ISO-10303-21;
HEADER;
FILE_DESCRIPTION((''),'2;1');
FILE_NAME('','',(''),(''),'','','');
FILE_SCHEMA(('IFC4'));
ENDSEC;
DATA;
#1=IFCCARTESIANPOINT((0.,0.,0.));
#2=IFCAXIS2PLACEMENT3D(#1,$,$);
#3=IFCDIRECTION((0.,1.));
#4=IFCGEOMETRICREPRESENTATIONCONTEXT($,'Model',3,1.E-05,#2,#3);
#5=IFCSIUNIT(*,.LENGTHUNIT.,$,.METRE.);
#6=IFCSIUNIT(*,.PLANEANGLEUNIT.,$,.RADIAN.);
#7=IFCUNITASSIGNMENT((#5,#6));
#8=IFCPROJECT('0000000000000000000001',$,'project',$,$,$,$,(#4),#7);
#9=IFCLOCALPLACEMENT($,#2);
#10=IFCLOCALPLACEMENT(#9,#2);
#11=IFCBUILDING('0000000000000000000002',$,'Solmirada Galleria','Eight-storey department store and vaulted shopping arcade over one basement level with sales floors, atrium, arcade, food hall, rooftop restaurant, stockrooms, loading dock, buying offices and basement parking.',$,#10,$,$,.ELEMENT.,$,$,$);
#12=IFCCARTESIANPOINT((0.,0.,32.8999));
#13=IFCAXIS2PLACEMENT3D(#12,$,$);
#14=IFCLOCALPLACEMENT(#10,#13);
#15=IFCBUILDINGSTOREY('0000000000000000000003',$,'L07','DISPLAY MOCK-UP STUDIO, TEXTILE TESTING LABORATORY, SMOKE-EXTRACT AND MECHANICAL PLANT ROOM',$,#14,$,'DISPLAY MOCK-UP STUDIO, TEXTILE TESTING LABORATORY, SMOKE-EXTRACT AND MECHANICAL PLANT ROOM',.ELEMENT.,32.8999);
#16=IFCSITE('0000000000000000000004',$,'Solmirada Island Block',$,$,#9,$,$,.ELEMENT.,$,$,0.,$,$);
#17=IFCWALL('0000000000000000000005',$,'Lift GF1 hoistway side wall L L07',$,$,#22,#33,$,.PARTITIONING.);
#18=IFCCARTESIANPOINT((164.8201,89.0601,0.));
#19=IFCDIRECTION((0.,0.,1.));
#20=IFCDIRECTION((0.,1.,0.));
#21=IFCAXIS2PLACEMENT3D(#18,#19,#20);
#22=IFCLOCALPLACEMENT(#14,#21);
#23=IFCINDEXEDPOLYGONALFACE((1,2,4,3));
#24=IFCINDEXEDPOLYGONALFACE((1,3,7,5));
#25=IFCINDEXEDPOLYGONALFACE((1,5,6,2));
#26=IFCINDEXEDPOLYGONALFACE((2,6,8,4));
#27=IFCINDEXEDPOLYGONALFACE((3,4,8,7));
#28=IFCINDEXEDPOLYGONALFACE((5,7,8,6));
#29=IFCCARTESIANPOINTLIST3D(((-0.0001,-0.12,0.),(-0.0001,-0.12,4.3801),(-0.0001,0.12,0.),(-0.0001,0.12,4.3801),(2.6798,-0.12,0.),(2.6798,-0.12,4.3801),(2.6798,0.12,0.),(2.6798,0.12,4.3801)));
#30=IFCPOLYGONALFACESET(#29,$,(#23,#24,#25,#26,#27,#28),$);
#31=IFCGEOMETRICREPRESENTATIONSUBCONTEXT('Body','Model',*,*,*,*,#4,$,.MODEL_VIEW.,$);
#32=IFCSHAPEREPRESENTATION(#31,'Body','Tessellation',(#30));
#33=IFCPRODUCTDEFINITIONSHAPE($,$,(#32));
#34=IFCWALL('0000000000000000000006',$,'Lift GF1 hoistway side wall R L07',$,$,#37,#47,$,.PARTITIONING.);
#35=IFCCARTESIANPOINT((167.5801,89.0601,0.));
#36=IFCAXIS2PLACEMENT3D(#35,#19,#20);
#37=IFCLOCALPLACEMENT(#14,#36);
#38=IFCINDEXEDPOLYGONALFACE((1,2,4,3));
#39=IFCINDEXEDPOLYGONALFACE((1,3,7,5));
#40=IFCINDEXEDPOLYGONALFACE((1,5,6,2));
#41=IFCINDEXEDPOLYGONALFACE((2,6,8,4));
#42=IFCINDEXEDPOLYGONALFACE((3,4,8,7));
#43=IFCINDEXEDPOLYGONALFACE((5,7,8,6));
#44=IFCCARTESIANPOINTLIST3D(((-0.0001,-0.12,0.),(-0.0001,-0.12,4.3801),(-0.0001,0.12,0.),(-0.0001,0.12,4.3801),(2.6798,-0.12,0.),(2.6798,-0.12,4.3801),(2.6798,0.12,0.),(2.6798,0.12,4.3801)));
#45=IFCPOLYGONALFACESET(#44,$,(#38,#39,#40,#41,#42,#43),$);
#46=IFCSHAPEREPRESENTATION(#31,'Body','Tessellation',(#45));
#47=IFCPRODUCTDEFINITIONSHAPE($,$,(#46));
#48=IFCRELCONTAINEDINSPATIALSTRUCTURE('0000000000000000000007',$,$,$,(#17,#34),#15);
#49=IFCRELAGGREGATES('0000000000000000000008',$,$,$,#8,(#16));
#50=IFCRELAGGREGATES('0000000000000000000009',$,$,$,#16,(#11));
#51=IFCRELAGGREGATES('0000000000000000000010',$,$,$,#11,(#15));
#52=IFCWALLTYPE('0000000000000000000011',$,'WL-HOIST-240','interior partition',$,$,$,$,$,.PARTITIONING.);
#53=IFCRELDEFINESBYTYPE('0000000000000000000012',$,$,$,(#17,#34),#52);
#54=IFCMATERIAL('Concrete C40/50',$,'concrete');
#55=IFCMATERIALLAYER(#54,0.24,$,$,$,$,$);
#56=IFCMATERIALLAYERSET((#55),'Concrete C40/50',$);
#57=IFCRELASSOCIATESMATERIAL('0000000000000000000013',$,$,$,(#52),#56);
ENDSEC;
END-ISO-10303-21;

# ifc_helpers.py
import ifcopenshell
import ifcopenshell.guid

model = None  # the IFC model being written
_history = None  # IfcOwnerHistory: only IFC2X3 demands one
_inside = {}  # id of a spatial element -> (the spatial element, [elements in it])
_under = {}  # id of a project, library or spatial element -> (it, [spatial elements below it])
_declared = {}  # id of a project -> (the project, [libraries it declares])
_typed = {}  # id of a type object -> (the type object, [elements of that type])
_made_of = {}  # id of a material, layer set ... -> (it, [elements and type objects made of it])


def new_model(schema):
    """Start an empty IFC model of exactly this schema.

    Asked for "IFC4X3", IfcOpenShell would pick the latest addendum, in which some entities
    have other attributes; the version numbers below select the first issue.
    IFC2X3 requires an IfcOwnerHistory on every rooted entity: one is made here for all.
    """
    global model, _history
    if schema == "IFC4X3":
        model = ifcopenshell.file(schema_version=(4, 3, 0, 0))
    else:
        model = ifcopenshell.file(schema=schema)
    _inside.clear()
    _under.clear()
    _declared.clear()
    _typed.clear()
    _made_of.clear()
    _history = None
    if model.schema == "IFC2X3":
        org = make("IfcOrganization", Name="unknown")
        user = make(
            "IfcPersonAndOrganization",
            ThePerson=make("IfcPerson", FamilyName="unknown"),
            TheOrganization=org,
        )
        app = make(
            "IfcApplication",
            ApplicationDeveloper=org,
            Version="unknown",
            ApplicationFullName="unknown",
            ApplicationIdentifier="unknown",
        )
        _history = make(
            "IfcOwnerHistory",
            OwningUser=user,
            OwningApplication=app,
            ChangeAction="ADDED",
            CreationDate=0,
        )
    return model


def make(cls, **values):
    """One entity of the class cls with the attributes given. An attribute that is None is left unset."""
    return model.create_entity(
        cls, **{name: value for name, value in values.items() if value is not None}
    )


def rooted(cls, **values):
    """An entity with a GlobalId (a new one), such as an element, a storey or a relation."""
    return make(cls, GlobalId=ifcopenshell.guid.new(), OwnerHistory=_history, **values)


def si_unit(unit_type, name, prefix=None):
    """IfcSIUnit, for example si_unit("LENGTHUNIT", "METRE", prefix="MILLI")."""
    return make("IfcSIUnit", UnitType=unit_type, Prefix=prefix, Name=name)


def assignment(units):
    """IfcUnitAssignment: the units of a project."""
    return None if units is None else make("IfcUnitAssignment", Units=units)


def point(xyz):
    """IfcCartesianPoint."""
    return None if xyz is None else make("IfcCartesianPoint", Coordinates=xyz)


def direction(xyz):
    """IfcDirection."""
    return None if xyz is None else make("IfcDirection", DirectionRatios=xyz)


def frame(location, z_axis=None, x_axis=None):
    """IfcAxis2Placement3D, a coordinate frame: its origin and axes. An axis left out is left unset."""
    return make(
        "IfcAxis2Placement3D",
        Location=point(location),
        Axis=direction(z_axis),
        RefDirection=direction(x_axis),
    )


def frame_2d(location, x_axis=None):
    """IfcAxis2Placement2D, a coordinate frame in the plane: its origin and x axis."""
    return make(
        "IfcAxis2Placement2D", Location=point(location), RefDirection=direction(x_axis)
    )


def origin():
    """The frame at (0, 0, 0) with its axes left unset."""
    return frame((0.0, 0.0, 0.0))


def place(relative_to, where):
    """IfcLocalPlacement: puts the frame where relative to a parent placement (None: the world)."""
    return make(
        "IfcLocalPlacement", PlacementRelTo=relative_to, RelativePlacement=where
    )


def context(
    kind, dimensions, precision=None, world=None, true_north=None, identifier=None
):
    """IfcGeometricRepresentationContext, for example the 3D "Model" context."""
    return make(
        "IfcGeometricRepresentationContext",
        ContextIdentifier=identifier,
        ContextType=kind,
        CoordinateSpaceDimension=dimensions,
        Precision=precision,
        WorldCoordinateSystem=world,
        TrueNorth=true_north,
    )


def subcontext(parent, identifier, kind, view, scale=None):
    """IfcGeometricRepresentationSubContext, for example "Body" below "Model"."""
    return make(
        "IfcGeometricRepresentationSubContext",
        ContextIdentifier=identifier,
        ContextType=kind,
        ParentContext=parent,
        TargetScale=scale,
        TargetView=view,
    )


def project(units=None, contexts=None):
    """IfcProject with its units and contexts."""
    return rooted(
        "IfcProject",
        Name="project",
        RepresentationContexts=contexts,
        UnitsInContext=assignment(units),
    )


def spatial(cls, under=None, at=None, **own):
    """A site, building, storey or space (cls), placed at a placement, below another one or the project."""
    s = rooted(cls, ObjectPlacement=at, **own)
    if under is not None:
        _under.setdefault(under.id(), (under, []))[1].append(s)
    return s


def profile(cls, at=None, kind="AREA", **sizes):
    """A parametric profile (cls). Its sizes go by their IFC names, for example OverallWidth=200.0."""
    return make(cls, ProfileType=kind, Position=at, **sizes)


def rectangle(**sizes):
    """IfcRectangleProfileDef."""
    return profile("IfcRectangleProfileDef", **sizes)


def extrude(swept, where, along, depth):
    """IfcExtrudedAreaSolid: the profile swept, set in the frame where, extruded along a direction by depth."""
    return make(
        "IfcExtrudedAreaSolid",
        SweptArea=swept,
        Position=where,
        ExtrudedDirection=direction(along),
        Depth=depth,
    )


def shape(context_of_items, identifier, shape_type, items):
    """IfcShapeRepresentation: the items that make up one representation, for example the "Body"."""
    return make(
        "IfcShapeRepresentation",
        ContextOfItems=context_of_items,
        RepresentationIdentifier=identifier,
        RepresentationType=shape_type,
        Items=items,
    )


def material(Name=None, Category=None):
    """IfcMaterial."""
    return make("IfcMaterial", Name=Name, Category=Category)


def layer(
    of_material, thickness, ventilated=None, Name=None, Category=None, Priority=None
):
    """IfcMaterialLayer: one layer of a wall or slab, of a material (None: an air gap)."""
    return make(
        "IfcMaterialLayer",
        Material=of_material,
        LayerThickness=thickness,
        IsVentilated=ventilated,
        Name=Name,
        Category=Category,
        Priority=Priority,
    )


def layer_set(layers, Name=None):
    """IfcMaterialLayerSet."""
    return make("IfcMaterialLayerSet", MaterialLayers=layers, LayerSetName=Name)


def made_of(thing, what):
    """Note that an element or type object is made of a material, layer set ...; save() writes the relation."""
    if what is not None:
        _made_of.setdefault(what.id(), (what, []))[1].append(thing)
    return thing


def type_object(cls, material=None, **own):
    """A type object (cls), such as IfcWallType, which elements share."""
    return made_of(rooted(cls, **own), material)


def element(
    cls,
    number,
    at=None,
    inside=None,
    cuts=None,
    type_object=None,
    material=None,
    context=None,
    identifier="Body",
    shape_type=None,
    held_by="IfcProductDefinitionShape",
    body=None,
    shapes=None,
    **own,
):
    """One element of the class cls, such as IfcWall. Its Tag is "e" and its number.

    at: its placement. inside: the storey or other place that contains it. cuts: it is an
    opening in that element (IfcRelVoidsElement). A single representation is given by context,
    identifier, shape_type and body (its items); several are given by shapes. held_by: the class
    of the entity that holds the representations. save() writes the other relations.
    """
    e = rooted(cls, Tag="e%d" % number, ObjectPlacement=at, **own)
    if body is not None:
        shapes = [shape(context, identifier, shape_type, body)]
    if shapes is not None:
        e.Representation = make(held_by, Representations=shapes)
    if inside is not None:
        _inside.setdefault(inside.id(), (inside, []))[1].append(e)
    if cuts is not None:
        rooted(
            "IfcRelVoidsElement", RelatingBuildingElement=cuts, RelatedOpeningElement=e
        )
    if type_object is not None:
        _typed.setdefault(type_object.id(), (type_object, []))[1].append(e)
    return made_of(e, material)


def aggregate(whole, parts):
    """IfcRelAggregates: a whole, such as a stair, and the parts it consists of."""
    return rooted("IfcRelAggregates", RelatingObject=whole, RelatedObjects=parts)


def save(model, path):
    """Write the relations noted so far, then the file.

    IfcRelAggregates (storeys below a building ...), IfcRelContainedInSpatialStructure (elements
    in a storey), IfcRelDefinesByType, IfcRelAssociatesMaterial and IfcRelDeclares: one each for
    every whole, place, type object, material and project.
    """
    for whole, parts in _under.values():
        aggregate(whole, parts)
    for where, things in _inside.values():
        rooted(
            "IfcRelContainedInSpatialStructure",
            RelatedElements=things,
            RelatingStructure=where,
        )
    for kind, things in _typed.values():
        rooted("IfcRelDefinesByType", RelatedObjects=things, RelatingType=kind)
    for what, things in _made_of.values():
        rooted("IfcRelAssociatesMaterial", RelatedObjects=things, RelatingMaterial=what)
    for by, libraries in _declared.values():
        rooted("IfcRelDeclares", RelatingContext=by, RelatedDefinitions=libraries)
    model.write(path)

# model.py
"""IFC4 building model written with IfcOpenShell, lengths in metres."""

from ifc_helpers import new_model, si_unit, direction, frame, frame_2d, origin, place, context, subcontext, project, spatial, rectangle, extrude, material, layer, layer_set, type_object, element, save


model = new_model("IFC4")

# Units and contexts
model_context = context("Model", 3, precision=1e-05, world=origin(), true_north=direction((0.0, 1.0)))
body_context = subcontext(model_context, "Body", "Model", "MODEL_VIEW")
ifc_project = project(units=[si_unit("LENGTHUNIT", "METRE"), si_unit("PLANEANGLEUNIT", "RADIAN")], contexts=[model_context])

# Site, building, storey
site_placement = place(None, origin())
site = spatial("IfcSite", under=ifc_project, at=site_placement, Name="Solmirada Island Block", CompositionType="ELEMENT", RefElevation=0.0)
building_placement = place(site_placement, origin())
building = spatial("IfcBuilding", under=site, at=building_placement, Name="Solmirada Galleria", Description="Eight-storey department store and vaulted shopping arcade over one basement level with sales floors, atrium, arcade, food hall, rooftop restaurant, stockrooms, loading dock, buying offices and basement parking.", CompositionType="ELEMENT")
storey_placement = place(building_placement, frame((0.0, 0.0, 32.8999)))
storey = spatial("IfcBuildingStorey", under=building, at=storey_placement, Name="L07", Description="DISPLAY MOCK-UP STUDIO, TEXTILE TESTING LABORATORY, SMOKE-EXTRACT AND MECHANICAL PLANT ROOM", LongName="DISPLAY MOCK-UP STUDIO, TEXTILE TESTING LABORATORY, SMOKE-EXTRACT AND MECHANICAL PLANT ROOM", CompositionType="ELEMENT", Elevation=32.8999)

# Shared definitions
ifc_material_1 = material(Name="Concrete C40/50", Category="concrete")

# Shared definitions
ifc_layer_1 = layer(ifc_material_1, 0.24)
ifc_layer_set_1 = layer_set([ifc_layer_1], Name="Concrete C40/50")
wall_type_1 = type_object("IfcWallType", Name="WL-HOIST-240", Description="interior partition", PredefinedType="PARTITIONING", material=ifc_layer_set_1)

# Walls
for number, where, z_axis, x_axis, name in (
    (1, (164.8201, 89.0601, 0.0), (0.0, 0.0, 1.0), (0.0, 1.0, 0.0), "Lift GF1 hoistway side wall L L07"),
    (2, (167.5801, 89.0601, 0.0), (0.0, 0.0, 1.0), (0.0, 1.0, 0.0), "Lift GF1 hoistway side wall R L07"),
):
    element("IfcWall", number, at=place(storey_placement, frame(where, z_axis=z_axis, x_axis=x_axis)), inside=storey, type_object=wall_type_1, Name=name, PredefinedType="PARTITIONING", context=body_context, shape_type="SweptSolid", body=[
        extrude(rectangle(XDim=2.6799, YDim=0.24, at=frame_2d((1.3398, 0.0))), origin(), (0.0, 0.0, 1.0), 4.3801),
    ])

save(model, "model.ifc")
